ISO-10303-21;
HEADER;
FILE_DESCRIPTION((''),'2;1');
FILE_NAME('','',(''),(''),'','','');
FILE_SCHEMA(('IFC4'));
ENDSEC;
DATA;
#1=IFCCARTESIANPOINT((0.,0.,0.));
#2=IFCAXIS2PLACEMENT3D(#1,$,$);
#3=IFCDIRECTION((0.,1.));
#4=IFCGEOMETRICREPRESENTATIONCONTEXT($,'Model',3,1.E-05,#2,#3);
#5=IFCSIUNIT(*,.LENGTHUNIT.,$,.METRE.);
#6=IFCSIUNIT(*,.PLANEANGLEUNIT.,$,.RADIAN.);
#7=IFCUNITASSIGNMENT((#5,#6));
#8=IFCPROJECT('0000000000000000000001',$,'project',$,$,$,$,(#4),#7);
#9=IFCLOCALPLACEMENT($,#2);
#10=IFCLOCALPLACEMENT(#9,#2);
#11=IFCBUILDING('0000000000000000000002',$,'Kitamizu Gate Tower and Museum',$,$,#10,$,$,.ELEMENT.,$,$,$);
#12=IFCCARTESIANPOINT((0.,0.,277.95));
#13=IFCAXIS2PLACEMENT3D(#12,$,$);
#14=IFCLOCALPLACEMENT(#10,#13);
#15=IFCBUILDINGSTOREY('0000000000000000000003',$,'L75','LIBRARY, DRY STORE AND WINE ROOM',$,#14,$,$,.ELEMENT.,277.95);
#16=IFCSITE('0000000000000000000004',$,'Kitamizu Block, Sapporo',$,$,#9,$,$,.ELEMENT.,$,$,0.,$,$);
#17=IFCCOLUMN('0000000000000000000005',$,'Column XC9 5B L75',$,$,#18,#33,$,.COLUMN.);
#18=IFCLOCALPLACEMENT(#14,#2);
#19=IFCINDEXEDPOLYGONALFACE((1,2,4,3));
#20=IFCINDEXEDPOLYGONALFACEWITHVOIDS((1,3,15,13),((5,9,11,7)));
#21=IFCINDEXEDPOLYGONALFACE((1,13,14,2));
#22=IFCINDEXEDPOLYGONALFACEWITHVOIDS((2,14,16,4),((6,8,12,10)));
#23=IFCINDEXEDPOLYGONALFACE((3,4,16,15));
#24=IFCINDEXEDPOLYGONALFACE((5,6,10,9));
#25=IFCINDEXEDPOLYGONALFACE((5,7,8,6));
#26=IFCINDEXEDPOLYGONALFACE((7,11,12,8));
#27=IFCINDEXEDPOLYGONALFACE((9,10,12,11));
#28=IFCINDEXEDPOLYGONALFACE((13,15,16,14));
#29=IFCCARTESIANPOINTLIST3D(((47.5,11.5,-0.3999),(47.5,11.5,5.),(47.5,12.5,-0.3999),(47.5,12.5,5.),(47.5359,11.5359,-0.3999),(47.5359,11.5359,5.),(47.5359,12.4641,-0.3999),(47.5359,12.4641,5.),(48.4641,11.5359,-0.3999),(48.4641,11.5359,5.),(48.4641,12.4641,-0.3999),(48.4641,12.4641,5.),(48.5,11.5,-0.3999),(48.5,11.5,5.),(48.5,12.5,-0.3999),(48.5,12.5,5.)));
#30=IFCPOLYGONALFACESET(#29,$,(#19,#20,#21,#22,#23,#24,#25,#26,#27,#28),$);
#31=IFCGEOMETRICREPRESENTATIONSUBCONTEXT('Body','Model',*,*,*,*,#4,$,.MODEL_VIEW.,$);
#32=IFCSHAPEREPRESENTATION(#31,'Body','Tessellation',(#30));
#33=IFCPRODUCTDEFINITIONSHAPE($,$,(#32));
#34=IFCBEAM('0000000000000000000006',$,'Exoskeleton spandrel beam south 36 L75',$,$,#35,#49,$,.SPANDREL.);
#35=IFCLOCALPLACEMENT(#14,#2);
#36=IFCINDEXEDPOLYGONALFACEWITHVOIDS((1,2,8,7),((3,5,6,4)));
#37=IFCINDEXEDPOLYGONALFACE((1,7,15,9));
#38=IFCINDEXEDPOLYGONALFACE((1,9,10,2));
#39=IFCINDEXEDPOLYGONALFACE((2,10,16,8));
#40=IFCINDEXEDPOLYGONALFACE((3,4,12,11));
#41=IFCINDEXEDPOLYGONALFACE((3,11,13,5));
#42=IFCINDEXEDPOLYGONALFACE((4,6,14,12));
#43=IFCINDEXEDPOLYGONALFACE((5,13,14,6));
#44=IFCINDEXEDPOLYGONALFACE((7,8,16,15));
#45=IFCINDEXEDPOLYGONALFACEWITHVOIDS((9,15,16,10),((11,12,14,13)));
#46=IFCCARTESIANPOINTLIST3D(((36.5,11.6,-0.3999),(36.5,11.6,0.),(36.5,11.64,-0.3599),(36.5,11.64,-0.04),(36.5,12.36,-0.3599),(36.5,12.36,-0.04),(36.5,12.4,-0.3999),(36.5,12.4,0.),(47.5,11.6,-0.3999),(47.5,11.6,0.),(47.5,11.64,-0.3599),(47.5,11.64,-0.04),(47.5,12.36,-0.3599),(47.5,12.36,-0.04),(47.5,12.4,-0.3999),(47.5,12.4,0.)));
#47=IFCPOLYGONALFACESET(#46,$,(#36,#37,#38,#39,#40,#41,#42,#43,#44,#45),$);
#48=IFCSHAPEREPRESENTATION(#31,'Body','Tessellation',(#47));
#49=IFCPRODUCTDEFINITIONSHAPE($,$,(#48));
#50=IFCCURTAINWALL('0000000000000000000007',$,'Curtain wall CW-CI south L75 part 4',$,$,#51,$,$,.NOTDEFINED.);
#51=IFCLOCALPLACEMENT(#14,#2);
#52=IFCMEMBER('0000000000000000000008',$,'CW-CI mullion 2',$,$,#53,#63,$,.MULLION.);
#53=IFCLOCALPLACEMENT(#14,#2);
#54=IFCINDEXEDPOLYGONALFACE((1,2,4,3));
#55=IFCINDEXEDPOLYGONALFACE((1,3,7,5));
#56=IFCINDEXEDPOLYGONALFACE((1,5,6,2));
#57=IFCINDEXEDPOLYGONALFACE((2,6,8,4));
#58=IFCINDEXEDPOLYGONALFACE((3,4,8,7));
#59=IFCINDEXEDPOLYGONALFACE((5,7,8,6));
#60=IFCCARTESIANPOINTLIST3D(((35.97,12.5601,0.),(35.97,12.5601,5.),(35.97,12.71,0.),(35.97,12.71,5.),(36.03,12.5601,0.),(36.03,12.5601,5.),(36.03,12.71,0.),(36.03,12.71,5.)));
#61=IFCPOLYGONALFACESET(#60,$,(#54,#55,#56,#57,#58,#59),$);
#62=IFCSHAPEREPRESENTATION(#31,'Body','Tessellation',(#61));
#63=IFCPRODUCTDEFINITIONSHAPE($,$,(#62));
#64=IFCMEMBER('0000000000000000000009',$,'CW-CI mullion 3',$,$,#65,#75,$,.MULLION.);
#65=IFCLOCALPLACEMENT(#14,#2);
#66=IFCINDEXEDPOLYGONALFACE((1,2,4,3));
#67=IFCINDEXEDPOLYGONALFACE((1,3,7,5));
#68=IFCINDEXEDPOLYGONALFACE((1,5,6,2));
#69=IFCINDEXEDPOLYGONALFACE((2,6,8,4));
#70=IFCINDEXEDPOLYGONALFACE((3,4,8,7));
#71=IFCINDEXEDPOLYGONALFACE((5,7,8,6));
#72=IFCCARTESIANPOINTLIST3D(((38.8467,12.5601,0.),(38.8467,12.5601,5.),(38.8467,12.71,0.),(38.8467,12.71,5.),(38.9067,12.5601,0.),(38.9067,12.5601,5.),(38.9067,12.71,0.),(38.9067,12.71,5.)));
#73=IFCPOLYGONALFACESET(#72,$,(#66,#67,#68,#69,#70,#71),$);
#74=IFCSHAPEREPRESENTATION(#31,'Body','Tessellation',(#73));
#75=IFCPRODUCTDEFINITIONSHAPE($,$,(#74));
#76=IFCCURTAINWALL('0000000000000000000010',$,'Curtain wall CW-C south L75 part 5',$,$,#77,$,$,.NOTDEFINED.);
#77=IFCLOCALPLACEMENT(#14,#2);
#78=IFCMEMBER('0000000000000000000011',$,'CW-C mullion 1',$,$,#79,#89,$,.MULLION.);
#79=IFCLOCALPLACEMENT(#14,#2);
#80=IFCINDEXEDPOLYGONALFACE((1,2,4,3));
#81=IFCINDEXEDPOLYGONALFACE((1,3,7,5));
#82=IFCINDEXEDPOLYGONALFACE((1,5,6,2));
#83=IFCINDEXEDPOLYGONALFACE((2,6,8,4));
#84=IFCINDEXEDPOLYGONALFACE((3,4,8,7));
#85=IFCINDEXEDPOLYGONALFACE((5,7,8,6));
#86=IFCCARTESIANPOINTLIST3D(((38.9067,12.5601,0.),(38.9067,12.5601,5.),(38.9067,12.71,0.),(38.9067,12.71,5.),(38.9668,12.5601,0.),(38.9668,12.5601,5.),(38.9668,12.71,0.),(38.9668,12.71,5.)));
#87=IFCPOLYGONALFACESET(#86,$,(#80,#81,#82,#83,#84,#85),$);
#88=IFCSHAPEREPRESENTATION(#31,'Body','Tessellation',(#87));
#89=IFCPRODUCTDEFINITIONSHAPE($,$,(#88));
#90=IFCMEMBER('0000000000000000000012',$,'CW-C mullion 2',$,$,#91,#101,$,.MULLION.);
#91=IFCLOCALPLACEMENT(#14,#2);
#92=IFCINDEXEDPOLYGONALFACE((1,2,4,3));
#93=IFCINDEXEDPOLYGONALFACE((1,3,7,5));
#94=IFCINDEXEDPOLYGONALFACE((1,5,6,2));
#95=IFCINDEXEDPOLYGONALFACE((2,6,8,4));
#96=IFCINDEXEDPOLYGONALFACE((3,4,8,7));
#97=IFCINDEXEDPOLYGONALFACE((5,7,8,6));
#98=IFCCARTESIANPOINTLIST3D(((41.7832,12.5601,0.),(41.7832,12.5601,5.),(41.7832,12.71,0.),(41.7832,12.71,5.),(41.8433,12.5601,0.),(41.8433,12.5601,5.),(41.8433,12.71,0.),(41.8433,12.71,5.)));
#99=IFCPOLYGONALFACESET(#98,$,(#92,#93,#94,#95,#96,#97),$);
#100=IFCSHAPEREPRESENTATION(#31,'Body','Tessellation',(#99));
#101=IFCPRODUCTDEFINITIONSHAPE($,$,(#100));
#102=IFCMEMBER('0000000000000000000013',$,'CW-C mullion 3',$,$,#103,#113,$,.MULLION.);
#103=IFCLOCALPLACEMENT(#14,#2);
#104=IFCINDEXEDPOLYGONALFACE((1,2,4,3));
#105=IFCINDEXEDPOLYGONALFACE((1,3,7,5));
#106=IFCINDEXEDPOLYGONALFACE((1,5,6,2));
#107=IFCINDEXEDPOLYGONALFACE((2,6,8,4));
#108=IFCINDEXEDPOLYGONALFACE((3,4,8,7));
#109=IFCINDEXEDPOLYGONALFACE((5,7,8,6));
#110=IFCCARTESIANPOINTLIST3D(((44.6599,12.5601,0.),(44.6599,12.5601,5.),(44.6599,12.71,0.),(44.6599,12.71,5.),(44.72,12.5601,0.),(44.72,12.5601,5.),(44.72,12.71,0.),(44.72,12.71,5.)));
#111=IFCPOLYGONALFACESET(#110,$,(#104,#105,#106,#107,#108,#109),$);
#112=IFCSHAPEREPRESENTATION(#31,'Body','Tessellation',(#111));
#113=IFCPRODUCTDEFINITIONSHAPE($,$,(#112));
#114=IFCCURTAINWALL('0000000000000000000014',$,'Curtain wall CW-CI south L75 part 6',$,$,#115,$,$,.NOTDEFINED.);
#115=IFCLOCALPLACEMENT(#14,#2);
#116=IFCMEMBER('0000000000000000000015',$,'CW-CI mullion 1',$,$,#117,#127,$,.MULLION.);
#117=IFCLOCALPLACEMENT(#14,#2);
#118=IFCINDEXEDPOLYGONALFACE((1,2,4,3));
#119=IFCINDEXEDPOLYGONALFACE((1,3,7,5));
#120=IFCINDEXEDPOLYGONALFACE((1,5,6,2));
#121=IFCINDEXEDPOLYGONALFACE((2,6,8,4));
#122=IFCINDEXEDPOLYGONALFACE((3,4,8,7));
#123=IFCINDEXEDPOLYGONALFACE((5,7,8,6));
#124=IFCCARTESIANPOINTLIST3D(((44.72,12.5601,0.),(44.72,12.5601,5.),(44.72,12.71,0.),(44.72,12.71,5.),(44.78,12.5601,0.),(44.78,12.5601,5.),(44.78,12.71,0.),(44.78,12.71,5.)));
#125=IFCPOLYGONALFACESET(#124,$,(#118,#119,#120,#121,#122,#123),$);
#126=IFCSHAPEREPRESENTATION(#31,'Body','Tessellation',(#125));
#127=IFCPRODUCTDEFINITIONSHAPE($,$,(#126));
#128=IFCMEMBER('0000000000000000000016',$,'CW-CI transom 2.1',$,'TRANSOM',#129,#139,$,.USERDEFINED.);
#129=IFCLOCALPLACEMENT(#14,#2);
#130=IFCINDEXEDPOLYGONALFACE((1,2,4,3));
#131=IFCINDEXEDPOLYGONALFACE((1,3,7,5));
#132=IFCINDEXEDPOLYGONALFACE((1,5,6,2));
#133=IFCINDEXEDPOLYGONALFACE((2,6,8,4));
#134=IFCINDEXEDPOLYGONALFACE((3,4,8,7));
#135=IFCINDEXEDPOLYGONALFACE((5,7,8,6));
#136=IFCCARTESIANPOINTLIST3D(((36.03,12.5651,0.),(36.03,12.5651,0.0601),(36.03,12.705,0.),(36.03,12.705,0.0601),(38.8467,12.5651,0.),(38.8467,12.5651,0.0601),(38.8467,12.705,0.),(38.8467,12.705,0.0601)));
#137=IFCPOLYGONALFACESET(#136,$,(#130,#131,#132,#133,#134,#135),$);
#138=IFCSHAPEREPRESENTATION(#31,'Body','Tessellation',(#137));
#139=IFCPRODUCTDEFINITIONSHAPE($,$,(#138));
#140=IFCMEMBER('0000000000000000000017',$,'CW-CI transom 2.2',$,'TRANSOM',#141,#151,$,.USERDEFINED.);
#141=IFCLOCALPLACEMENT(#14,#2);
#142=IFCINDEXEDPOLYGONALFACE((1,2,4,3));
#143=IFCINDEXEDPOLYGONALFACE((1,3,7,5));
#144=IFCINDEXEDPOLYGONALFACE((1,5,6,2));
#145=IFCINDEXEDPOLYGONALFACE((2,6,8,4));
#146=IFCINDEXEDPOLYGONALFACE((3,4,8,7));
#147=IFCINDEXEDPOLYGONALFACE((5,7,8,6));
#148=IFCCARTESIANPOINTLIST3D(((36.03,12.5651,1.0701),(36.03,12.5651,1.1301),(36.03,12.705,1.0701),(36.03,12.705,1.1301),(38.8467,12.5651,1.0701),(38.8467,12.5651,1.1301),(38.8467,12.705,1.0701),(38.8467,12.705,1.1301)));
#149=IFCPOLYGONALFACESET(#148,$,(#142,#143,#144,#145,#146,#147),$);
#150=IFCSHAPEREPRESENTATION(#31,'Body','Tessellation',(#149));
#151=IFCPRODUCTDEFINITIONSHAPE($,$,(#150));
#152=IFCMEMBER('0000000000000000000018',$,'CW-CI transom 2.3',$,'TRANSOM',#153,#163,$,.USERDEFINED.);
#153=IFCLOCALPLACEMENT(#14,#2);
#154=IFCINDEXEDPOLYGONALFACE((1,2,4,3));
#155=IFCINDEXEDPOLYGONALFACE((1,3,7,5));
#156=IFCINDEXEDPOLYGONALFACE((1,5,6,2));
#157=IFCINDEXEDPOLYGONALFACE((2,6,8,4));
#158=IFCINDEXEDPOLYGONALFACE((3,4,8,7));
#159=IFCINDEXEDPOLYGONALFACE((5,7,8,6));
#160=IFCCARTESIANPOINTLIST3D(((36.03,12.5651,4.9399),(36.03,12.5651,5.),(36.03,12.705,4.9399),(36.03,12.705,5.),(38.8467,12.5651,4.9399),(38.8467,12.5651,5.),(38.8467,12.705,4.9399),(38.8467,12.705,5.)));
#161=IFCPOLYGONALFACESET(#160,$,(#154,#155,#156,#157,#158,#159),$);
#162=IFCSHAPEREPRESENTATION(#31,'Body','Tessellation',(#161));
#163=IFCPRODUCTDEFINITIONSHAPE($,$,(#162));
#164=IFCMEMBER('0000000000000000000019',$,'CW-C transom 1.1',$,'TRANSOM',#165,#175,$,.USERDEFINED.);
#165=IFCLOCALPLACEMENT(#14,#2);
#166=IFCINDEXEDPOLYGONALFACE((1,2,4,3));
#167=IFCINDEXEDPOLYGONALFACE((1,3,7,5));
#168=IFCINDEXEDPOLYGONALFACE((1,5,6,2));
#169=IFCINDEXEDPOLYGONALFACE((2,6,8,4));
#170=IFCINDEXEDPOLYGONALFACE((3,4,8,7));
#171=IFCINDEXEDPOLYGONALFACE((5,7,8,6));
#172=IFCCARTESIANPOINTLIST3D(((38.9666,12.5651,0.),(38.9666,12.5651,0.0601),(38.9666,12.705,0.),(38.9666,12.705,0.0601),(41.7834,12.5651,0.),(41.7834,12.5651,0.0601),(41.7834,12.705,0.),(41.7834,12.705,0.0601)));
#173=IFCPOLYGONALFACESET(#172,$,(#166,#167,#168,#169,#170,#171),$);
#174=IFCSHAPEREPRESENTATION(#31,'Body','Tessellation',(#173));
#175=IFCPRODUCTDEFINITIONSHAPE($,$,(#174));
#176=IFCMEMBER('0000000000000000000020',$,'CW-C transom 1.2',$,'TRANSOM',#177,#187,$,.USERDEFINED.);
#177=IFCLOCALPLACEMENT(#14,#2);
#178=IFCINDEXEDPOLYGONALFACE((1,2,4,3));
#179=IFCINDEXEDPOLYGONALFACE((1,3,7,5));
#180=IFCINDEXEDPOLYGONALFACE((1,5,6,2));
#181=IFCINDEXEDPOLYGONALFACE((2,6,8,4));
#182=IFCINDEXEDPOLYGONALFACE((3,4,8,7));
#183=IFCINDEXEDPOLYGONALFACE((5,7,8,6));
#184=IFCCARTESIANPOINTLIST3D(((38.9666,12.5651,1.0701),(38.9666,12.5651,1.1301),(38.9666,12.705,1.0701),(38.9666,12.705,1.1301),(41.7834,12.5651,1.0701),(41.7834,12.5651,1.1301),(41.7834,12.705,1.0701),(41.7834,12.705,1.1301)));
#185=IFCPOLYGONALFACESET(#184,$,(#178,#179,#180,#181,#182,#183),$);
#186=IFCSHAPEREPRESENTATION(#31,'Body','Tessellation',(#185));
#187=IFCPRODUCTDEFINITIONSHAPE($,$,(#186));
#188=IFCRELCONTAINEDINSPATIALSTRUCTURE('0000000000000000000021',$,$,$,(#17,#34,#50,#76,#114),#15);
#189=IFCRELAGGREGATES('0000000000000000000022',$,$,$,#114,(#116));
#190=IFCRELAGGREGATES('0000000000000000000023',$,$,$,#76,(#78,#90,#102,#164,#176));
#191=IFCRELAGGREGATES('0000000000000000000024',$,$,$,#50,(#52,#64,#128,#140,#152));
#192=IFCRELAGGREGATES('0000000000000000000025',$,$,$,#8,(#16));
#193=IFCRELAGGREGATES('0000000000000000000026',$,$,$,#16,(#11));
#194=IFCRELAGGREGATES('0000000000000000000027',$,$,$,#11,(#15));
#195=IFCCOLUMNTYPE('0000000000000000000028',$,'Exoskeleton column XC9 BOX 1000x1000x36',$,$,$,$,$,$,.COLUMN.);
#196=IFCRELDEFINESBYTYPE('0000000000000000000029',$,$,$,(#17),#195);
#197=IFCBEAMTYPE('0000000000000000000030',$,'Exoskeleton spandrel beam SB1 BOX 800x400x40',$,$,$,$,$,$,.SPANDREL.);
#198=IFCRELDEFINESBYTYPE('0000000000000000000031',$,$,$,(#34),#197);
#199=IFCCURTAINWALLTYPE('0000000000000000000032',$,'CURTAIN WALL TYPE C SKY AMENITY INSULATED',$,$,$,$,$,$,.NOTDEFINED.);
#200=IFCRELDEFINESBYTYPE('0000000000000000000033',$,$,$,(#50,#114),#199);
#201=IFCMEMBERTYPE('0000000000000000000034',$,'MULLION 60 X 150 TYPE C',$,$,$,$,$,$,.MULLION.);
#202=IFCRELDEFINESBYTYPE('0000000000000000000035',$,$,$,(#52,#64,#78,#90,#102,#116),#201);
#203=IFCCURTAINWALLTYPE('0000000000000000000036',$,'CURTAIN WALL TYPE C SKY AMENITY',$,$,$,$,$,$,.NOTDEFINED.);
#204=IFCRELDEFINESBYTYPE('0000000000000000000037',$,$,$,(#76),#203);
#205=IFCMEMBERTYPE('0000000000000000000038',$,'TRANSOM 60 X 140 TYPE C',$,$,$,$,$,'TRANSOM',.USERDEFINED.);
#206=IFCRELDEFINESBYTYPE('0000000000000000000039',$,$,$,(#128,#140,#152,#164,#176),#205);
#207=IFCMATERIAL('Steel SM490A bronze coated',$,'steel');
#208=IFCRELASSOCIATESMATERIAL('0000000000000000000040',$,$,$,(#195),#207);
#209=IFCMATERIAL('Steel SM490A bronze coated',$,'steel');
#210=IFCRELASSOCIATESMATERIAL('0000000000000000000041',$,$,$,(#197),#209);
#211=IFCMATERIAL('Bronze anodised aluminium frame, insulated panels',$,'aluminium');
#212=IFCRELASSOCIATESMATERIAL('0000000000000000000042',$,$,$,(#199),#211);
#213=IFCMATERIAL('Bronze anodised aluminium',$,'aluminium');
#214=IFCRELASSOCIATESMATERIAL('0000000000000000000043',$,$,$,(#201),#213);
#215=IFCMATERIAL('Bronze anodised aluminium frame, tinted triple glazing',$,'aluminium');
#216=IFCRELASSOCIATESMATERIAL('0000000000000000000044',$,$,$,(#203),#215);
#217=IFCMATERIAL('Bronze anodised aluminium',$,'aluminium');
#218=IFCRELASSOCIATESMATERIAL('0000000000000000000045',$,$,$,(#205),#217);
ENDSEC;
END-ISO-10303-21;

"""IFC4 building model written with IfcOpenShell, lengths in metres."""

from ifc_helpers import new_model, si_unit, direction, frame, origin, origin_2d, place, context, subcontext, project, spatial, rectangle, hollow_rectangle, extrude, material, material_profile, profile_set, type_object, element, aggregate, save


model = new_model("IFC4")

# Units and contexts
model_context = context("Model", 3, precision=1e-05, world=origin(), true_north=direction((0.0, 1.0)))
body_context = subcontext(model_context, "Body", "Model", "MODEL_VIEW")
ifc_project = project(units=[si_unit("LENGTHUNIT", "METRE"), si_unit("PLANEANGLEUNIT", "RADIAN")], contexts=[model_context])

# Site, building, storey
site_placement = place(None, origin())
site = spatial("IfcSite", under=ifc_project, at=site_placement, Name="Kitamizu Block, Sapporo", CompositionType="ELEMENT", RefElevation=0.0)
building_placement = place(site_placement, origin())
building = spatial("IfcBuilding", under=site, at=building_placement, Name="Kitamizu Gate Tower and Museum", CompositionType="ELEMENT")
storey_placement = place(building_placement, frame((0.0, 0.0, 277.95)))
storey = spatial("IfcBuildingStorey", under=building, at=storey_placement, Name="L75", Description="LIBRARY, DRY STORE AND WINE ROOM", CompositionType="ELEMENT", Elevation=277.95)

# Column
ifc_material_1 = material(Name="Steel SM490A bronze coated", Category="steel")
ifc_material_profile_1 = material_profile(ifc_material_1, hollow_rectangle(XDim=1.0, YDim=1.0, WallThickness=0.0359, at=origin_2d()), Name="BOX 1000x1000x36")
ifc_profile_set_1 = profile_set([ifc_material_profile_1], Name="Steel SM490A bronze coated")
column_type = type_object("IfcColumnType", Name="Exoskeleton column XC9 BOX 1000x1000x36", PredefinedType="COLUMN", material=ifc_profile_set_1)
column_placement = place(storey_placement, frame((48.0, 12.0, -0.3999), z_axis=(0.0, 0.0, 1.0), x_axis=(1.0, 0.0, 0.0)))
element("IfcColumn", 1, at=column_placement, inside=storey, type_object=column_type, Name="Column XC9 5B L75", PredefinedType="COLUMN", context=body_context, shape_type="SweptSolid", body=[
    extrude(hollow_rectangle(XDim=1.0, YDim=1.0, WallThickness=0.0359, at=origin_2d()), origin(), (0.0, 0.0, 1.0), 5.3999),
])

# Beam
ifc_material_2 = material(Name="Steel SM490A bronze coated", Category="steel")
ifc_material_profile_2 = material_profile(ifc_material_2, hollow_rectangle(XDim=0.8, YDim=0.3999, WallThickness=0.04, at=origin_2d()), Name="BOX 800x400x40")
ifc_profile_set_2 = profile_set([ifc_material_profile_2], Name="Steel SM490A bronze coated")
beam_type_1 = type_object("IfcBeamType", Name="Exoskeleton spandrel beam SB1 BOX 800x400x40", PredefinedType="SPANDREL", material=ifc_profile_set_2)
beam_1_placement = place(storey_placement, frame((36.5, 12.0, -0.2), z_axis=(1.0, 0.0, 0.0), x_axis=(0.0, 1.0, 0.0)))
element("IfcBeam", 2, at=beam_1_placement, inside=storey, type_object=beam_type_1, Name="Exoskeleton spandrel beam south 36 L75", PredefinedType="SPANDREL", context=body_context, shape_type="SweptSolid", body=[
    extrude(hollow_rectangle(XDim=0.8, YDim=0.3999, WallThickness=0.04, at=origin_2d()), origin(), (0.0, 0.0, 1.0), 11.0),
])

# Curtain walls, members
ifc_material_3 = material(Name="Bronze anodised aluminium frame, insulated panels", Category="aluminium")
curtain_wall_type_1 = type_object("IfcCurtainWallType", Name="CURTAIN WALL TYPE C SKY AMENITY INSULATED", PredefinedType="NOTDEFINED", material=ifc_material_3)
curtain_wall_1_placement = place(storey_placement, origin())
curtain_wall_1 = element("IfcCurtainWall", 3, at=curtain_wall_1_placement, inside=storey, type_object=curtain_wall_type_1, Name="Curtain wall CW-CI south L75 part 4", PredefinedType="NOTDEFINED")
ifc_material_4 = material(Name="Bronze anodised aluminium", Category="aluminium")
ifc_material_profile_3 = material_profile(ifc_material_4, rectangle(XDim=0.0601, YDim=0.1499, at=origin_2d()), Name="AL 60X150")
ifc_profile_set_3 = profile_set([ifc_material_profile_3], Name="Bronze anodised aluminium")
member_type_1 = type_object("IfcMemberType", Name="MULLION 60 X 150 TYPE C", PredefinedType="MULLION", material=ifc_profile_set_3)
member_1_placement = place(storey_placement, frame((36.0, 12.635, 0.0), z_axis=(0.0, 0.0, 1.0), x_axis=(1.0, 0.0, 0.0)))
member_1 = element("IfcMember", 4, at=member_1_placement, type_object=member_type_1, Name="CW-CI mullion 2", PredefinedType="MULLION", context=body_context, shape_type="SweptSolid", body=[
    extrude(rectangle(XDim=0.0601, YDim=0.1499, at=origin_2d()), origin(), (0.0, 0.0, 1.0), 5.0),
])
member_2_placement = place(storey_placement, frame((38.8767, 12.635, 0.0), z_axis=(0.0, 0.0, 1.0), x_axis=(1.0, 0.0, 0.0)))
member_2 = element("IfcMember", 5, at=member_2_placement, type_object=member_type_1, Name="CW-CI mullion 3", PredefinedType="MULLION", context=body_context, shape_type="SweptSolid", body=[
    extrude(rectangle(XDim=0.0601, YDim=0.1499, at=origin_2d()), origin(), (0.0, 0.0, 1.0), 5.0),
])
ifc_material_5 = material(Name="Bronze anodised aluminium frame, tinted triple glazing", Category="aluminium")
curtain_wall_type_2 = type_object("IfcCurtainWallType", Name="CURTAIN WALL TYPE C SKY AMENITY", PredefinedType="NOTDEFINED", material=ifc_material_5)
curtain_wall_2_placement = place(storey_placement, origin())
curtain_wall_2 = element("IfcCurtainWall", 6, at=curtain_wall_2_placement, inside=storey, type_object=curtain_wall_type_2, Name="Curtain wall CW-C south L75 part 5", PredefinedType="NOTDEFINED")
member_3_placement = place(storey_placement, frame((38.9368, 12.635, 0.0), z_axis=(0.0, 0.0, 1.0), x_axis=(1.0, 0.0, 0.0)))
member_3 = element("IfcMember", 7, at=member_3_placement, type_object=member_type_1, Name="CW-C mullion 1", PredefinedType="MULLION", context=body_context, shape_type="SweptSolid", body=[
    extrude(rectangle(XDim=0.0601, YDim=0.1499, at=origin_2d()), origin(), (0.0, 0.0, 1.0), 5.0),
])
member_4_placement = place(storey_placement, frame((41.8132, 12.635, 0.0), z_axis=(0.0, 0.0, 1.0), x_axis=(1.0, 0.0, 0.0)))
member_4 = element("IfcMember", 8, at=member_4_placement, type_object=member_type_1, Name="CW-C mullion 2", PredefinedType="MULLION", context=body_context, shape_type="SweptSolid", body=[
    extrude(rectangle(XDim=0.0601, YDim=0.1499, at=origin_2d()), origin(), (0.0, 0.0, 1.0), 5.0),
])
member_5_placement = place(storey_placement, frame((44.6899, 12.635, 0.0), z_axis=(0.0, 0.0, 1.0), x_axis=(1.0, 0.0, 0.0)))
member_5 = element("IfcMember", 9, at=member_5_placement, type_object=member_type_1, Name="CW-C mullion 3", PredefinedType="MULLION", context=body_context, shape_type="SweptSolid", body=[
    extrude(rectangle(XDim=0.0601, YDim=0.1499, at=origin_2d()), origin(), (0.0, 0.0, 1.0), 5.0),
])

# Curtain wall, member
curtain_wall_3_placement = place(storey_placement, origin())
curtain_wall_3 = element("IfcCurtainWall", 10, at=curtain_wall_3_placement, inside=storey, type_object=curtain_wall_type_1, Name="Curtain wall CW-CI south L75 part 6", PredefinedType="NOTDEFINED")
member_6_placement = place(storey_placement, frame((44.75, 12.635, 0.0), z_axis=(0.0, 0.0, 1.0), x_axis=(1.0, 0.0, 0.0)))
member_6 = element("IfcMember", 11, at=member_6_placement, type_object=member_type_1, Name="CW-CI mullion 1", PredefinedType="MULLION", context=body_context, shape_type="SweptSolid", body=[
    extrude(rectangle(XDim=0.0601, YDim=0.1499, at=origin_2d()), origin(), (0.0, 0.0, 1.0), 5.0),
])
aggregate(curtain_wall_3, [member_6])

# Members
ifc_material_6 = material(Name="Bronze anodised aluminium", Category="aluminium")
ifc_material_profile_4 = material_profile(ifc_material_6, rectangle(XDim=0.1399, YDim=0.0601, at=origin_2d()), Name="AL 60X140")
ifc_profile_set_4 = profile_set([ifc_material_profile_4], Name="Bronze anodised aluminium")
member_type_2 = type_object("IfcMemberType", Name="TRANSOM 60 X 140 TYPE C", ElementType="TRANSOM", PredefinedType="USERDEFINED", material=ifc_profile_set_4)
member_7_placement = place(storey_placement, frame((36.03, 12.635, 0.03), z_axis=(1.0, 0.0, 0.0), x_axis=(0.0, 1.0, 0.0)))
member_7 = element("IfcMember", 12, at=member_7_placement, type_object=member_type_2, Name="CW-CI transom 2.1", ObjectType="TRANSOM", PredefinedType="USERDEFINED", context=body_context, shape_type="SweptSolid", body=[
    extrude(rectangle(XDim=0.1399, YDim=0.0601, at=origin_2d()), origin(), (0.0, 0.0, 1.0), 2.8167),
])
member_8_placement = place(storey_placement, frame((36.03, 12.635, 1.1001), z_axis=(1.0, 0.0, 0.0), x_axis=(0.0, 1.0, 0.0)))
member_8 = element("IfcMember", 13, at=member_8_placement, type_object=member_type_2, Name="CW-CI transom 2.2", ObjectType="TRANSOM", PredefinedType="USERDEFINED", context=body_context, shape_type="SweptSolid", body=[
    extrude(rectangle(XDim=0.1399, YDim=0.0601, at=origin_2d()), origin(), (0.0, 0.0, 1.0), 2.8167),
])
member_9_placement = place(storey_placement, frame((36.03, 12.635, 4.97), z_axis=(1.0, 0.0, 0.0), x_axis=(0.0, 1.0, 0.0)))
member_9 = element("IfcMember", 14, at=member_9_placement, type_object=member_type_2, Name="CW-CI transom 2.3", ObjectType="TRANSOM", PredefinedType="USERDEFINED", context=body_context, shape_type="SweptSolid", body=[
    extrude(rectangle(XDim=0.1399, YDim=0.0601, at=origin_2d()), origin(), (0.0, 0.0, 1.0), 2.8167),
])
member_10_placement = place(storey_placement, frame((38.9666, 12.635, 0.03), z_axis=(1.0, 0.0, 0.0), x_axis=(0.0, 1.0, 0.0)))
member_10 = element("IfcMember", 15, at=member_10_placement, type_object=member_type_2, Name="CW-C transom 1.1", ObjectType="TRANSOM", PredefinedType="USERDEFINED", context=body_context, shape_type="SweptSolid", body=[
    extrude(rectangle(XDim=0.1399, YDim=0.0601, at=origin_2d()), origin(), (0.0, 0.0, 1.0), 2.8169),
])
member_11_placement = place(storey_placement, frame((38.9666, 12.635, 1.1001), z_axis=(1.0, 0.0, 0.0), x_axis=(0.0, 1.0, 0.0)))
member_11 = element("IfcMember", 16, at=member_11_placement, type_object=member_type_2, Name="CW-C transom 1.2", ObjectType="TRANSOM", PredefinedType="USERDEFINED", context=body_context, shape_type="SweptSolid", body=[
    extrude(rectangle(XDim=0.1399, YDim=0.0601, at=origin_2d()), origin(), (0.0, 0.0, 1.0), 2.8169),
])

aggregate(curtain_wall_2, [member_3, member_4, member_5, member_10, member_11])
aggregate(curtain_wall_1, [member_1, member_2, member_7, member_8, member_9])

save(model, "model.ifc")
